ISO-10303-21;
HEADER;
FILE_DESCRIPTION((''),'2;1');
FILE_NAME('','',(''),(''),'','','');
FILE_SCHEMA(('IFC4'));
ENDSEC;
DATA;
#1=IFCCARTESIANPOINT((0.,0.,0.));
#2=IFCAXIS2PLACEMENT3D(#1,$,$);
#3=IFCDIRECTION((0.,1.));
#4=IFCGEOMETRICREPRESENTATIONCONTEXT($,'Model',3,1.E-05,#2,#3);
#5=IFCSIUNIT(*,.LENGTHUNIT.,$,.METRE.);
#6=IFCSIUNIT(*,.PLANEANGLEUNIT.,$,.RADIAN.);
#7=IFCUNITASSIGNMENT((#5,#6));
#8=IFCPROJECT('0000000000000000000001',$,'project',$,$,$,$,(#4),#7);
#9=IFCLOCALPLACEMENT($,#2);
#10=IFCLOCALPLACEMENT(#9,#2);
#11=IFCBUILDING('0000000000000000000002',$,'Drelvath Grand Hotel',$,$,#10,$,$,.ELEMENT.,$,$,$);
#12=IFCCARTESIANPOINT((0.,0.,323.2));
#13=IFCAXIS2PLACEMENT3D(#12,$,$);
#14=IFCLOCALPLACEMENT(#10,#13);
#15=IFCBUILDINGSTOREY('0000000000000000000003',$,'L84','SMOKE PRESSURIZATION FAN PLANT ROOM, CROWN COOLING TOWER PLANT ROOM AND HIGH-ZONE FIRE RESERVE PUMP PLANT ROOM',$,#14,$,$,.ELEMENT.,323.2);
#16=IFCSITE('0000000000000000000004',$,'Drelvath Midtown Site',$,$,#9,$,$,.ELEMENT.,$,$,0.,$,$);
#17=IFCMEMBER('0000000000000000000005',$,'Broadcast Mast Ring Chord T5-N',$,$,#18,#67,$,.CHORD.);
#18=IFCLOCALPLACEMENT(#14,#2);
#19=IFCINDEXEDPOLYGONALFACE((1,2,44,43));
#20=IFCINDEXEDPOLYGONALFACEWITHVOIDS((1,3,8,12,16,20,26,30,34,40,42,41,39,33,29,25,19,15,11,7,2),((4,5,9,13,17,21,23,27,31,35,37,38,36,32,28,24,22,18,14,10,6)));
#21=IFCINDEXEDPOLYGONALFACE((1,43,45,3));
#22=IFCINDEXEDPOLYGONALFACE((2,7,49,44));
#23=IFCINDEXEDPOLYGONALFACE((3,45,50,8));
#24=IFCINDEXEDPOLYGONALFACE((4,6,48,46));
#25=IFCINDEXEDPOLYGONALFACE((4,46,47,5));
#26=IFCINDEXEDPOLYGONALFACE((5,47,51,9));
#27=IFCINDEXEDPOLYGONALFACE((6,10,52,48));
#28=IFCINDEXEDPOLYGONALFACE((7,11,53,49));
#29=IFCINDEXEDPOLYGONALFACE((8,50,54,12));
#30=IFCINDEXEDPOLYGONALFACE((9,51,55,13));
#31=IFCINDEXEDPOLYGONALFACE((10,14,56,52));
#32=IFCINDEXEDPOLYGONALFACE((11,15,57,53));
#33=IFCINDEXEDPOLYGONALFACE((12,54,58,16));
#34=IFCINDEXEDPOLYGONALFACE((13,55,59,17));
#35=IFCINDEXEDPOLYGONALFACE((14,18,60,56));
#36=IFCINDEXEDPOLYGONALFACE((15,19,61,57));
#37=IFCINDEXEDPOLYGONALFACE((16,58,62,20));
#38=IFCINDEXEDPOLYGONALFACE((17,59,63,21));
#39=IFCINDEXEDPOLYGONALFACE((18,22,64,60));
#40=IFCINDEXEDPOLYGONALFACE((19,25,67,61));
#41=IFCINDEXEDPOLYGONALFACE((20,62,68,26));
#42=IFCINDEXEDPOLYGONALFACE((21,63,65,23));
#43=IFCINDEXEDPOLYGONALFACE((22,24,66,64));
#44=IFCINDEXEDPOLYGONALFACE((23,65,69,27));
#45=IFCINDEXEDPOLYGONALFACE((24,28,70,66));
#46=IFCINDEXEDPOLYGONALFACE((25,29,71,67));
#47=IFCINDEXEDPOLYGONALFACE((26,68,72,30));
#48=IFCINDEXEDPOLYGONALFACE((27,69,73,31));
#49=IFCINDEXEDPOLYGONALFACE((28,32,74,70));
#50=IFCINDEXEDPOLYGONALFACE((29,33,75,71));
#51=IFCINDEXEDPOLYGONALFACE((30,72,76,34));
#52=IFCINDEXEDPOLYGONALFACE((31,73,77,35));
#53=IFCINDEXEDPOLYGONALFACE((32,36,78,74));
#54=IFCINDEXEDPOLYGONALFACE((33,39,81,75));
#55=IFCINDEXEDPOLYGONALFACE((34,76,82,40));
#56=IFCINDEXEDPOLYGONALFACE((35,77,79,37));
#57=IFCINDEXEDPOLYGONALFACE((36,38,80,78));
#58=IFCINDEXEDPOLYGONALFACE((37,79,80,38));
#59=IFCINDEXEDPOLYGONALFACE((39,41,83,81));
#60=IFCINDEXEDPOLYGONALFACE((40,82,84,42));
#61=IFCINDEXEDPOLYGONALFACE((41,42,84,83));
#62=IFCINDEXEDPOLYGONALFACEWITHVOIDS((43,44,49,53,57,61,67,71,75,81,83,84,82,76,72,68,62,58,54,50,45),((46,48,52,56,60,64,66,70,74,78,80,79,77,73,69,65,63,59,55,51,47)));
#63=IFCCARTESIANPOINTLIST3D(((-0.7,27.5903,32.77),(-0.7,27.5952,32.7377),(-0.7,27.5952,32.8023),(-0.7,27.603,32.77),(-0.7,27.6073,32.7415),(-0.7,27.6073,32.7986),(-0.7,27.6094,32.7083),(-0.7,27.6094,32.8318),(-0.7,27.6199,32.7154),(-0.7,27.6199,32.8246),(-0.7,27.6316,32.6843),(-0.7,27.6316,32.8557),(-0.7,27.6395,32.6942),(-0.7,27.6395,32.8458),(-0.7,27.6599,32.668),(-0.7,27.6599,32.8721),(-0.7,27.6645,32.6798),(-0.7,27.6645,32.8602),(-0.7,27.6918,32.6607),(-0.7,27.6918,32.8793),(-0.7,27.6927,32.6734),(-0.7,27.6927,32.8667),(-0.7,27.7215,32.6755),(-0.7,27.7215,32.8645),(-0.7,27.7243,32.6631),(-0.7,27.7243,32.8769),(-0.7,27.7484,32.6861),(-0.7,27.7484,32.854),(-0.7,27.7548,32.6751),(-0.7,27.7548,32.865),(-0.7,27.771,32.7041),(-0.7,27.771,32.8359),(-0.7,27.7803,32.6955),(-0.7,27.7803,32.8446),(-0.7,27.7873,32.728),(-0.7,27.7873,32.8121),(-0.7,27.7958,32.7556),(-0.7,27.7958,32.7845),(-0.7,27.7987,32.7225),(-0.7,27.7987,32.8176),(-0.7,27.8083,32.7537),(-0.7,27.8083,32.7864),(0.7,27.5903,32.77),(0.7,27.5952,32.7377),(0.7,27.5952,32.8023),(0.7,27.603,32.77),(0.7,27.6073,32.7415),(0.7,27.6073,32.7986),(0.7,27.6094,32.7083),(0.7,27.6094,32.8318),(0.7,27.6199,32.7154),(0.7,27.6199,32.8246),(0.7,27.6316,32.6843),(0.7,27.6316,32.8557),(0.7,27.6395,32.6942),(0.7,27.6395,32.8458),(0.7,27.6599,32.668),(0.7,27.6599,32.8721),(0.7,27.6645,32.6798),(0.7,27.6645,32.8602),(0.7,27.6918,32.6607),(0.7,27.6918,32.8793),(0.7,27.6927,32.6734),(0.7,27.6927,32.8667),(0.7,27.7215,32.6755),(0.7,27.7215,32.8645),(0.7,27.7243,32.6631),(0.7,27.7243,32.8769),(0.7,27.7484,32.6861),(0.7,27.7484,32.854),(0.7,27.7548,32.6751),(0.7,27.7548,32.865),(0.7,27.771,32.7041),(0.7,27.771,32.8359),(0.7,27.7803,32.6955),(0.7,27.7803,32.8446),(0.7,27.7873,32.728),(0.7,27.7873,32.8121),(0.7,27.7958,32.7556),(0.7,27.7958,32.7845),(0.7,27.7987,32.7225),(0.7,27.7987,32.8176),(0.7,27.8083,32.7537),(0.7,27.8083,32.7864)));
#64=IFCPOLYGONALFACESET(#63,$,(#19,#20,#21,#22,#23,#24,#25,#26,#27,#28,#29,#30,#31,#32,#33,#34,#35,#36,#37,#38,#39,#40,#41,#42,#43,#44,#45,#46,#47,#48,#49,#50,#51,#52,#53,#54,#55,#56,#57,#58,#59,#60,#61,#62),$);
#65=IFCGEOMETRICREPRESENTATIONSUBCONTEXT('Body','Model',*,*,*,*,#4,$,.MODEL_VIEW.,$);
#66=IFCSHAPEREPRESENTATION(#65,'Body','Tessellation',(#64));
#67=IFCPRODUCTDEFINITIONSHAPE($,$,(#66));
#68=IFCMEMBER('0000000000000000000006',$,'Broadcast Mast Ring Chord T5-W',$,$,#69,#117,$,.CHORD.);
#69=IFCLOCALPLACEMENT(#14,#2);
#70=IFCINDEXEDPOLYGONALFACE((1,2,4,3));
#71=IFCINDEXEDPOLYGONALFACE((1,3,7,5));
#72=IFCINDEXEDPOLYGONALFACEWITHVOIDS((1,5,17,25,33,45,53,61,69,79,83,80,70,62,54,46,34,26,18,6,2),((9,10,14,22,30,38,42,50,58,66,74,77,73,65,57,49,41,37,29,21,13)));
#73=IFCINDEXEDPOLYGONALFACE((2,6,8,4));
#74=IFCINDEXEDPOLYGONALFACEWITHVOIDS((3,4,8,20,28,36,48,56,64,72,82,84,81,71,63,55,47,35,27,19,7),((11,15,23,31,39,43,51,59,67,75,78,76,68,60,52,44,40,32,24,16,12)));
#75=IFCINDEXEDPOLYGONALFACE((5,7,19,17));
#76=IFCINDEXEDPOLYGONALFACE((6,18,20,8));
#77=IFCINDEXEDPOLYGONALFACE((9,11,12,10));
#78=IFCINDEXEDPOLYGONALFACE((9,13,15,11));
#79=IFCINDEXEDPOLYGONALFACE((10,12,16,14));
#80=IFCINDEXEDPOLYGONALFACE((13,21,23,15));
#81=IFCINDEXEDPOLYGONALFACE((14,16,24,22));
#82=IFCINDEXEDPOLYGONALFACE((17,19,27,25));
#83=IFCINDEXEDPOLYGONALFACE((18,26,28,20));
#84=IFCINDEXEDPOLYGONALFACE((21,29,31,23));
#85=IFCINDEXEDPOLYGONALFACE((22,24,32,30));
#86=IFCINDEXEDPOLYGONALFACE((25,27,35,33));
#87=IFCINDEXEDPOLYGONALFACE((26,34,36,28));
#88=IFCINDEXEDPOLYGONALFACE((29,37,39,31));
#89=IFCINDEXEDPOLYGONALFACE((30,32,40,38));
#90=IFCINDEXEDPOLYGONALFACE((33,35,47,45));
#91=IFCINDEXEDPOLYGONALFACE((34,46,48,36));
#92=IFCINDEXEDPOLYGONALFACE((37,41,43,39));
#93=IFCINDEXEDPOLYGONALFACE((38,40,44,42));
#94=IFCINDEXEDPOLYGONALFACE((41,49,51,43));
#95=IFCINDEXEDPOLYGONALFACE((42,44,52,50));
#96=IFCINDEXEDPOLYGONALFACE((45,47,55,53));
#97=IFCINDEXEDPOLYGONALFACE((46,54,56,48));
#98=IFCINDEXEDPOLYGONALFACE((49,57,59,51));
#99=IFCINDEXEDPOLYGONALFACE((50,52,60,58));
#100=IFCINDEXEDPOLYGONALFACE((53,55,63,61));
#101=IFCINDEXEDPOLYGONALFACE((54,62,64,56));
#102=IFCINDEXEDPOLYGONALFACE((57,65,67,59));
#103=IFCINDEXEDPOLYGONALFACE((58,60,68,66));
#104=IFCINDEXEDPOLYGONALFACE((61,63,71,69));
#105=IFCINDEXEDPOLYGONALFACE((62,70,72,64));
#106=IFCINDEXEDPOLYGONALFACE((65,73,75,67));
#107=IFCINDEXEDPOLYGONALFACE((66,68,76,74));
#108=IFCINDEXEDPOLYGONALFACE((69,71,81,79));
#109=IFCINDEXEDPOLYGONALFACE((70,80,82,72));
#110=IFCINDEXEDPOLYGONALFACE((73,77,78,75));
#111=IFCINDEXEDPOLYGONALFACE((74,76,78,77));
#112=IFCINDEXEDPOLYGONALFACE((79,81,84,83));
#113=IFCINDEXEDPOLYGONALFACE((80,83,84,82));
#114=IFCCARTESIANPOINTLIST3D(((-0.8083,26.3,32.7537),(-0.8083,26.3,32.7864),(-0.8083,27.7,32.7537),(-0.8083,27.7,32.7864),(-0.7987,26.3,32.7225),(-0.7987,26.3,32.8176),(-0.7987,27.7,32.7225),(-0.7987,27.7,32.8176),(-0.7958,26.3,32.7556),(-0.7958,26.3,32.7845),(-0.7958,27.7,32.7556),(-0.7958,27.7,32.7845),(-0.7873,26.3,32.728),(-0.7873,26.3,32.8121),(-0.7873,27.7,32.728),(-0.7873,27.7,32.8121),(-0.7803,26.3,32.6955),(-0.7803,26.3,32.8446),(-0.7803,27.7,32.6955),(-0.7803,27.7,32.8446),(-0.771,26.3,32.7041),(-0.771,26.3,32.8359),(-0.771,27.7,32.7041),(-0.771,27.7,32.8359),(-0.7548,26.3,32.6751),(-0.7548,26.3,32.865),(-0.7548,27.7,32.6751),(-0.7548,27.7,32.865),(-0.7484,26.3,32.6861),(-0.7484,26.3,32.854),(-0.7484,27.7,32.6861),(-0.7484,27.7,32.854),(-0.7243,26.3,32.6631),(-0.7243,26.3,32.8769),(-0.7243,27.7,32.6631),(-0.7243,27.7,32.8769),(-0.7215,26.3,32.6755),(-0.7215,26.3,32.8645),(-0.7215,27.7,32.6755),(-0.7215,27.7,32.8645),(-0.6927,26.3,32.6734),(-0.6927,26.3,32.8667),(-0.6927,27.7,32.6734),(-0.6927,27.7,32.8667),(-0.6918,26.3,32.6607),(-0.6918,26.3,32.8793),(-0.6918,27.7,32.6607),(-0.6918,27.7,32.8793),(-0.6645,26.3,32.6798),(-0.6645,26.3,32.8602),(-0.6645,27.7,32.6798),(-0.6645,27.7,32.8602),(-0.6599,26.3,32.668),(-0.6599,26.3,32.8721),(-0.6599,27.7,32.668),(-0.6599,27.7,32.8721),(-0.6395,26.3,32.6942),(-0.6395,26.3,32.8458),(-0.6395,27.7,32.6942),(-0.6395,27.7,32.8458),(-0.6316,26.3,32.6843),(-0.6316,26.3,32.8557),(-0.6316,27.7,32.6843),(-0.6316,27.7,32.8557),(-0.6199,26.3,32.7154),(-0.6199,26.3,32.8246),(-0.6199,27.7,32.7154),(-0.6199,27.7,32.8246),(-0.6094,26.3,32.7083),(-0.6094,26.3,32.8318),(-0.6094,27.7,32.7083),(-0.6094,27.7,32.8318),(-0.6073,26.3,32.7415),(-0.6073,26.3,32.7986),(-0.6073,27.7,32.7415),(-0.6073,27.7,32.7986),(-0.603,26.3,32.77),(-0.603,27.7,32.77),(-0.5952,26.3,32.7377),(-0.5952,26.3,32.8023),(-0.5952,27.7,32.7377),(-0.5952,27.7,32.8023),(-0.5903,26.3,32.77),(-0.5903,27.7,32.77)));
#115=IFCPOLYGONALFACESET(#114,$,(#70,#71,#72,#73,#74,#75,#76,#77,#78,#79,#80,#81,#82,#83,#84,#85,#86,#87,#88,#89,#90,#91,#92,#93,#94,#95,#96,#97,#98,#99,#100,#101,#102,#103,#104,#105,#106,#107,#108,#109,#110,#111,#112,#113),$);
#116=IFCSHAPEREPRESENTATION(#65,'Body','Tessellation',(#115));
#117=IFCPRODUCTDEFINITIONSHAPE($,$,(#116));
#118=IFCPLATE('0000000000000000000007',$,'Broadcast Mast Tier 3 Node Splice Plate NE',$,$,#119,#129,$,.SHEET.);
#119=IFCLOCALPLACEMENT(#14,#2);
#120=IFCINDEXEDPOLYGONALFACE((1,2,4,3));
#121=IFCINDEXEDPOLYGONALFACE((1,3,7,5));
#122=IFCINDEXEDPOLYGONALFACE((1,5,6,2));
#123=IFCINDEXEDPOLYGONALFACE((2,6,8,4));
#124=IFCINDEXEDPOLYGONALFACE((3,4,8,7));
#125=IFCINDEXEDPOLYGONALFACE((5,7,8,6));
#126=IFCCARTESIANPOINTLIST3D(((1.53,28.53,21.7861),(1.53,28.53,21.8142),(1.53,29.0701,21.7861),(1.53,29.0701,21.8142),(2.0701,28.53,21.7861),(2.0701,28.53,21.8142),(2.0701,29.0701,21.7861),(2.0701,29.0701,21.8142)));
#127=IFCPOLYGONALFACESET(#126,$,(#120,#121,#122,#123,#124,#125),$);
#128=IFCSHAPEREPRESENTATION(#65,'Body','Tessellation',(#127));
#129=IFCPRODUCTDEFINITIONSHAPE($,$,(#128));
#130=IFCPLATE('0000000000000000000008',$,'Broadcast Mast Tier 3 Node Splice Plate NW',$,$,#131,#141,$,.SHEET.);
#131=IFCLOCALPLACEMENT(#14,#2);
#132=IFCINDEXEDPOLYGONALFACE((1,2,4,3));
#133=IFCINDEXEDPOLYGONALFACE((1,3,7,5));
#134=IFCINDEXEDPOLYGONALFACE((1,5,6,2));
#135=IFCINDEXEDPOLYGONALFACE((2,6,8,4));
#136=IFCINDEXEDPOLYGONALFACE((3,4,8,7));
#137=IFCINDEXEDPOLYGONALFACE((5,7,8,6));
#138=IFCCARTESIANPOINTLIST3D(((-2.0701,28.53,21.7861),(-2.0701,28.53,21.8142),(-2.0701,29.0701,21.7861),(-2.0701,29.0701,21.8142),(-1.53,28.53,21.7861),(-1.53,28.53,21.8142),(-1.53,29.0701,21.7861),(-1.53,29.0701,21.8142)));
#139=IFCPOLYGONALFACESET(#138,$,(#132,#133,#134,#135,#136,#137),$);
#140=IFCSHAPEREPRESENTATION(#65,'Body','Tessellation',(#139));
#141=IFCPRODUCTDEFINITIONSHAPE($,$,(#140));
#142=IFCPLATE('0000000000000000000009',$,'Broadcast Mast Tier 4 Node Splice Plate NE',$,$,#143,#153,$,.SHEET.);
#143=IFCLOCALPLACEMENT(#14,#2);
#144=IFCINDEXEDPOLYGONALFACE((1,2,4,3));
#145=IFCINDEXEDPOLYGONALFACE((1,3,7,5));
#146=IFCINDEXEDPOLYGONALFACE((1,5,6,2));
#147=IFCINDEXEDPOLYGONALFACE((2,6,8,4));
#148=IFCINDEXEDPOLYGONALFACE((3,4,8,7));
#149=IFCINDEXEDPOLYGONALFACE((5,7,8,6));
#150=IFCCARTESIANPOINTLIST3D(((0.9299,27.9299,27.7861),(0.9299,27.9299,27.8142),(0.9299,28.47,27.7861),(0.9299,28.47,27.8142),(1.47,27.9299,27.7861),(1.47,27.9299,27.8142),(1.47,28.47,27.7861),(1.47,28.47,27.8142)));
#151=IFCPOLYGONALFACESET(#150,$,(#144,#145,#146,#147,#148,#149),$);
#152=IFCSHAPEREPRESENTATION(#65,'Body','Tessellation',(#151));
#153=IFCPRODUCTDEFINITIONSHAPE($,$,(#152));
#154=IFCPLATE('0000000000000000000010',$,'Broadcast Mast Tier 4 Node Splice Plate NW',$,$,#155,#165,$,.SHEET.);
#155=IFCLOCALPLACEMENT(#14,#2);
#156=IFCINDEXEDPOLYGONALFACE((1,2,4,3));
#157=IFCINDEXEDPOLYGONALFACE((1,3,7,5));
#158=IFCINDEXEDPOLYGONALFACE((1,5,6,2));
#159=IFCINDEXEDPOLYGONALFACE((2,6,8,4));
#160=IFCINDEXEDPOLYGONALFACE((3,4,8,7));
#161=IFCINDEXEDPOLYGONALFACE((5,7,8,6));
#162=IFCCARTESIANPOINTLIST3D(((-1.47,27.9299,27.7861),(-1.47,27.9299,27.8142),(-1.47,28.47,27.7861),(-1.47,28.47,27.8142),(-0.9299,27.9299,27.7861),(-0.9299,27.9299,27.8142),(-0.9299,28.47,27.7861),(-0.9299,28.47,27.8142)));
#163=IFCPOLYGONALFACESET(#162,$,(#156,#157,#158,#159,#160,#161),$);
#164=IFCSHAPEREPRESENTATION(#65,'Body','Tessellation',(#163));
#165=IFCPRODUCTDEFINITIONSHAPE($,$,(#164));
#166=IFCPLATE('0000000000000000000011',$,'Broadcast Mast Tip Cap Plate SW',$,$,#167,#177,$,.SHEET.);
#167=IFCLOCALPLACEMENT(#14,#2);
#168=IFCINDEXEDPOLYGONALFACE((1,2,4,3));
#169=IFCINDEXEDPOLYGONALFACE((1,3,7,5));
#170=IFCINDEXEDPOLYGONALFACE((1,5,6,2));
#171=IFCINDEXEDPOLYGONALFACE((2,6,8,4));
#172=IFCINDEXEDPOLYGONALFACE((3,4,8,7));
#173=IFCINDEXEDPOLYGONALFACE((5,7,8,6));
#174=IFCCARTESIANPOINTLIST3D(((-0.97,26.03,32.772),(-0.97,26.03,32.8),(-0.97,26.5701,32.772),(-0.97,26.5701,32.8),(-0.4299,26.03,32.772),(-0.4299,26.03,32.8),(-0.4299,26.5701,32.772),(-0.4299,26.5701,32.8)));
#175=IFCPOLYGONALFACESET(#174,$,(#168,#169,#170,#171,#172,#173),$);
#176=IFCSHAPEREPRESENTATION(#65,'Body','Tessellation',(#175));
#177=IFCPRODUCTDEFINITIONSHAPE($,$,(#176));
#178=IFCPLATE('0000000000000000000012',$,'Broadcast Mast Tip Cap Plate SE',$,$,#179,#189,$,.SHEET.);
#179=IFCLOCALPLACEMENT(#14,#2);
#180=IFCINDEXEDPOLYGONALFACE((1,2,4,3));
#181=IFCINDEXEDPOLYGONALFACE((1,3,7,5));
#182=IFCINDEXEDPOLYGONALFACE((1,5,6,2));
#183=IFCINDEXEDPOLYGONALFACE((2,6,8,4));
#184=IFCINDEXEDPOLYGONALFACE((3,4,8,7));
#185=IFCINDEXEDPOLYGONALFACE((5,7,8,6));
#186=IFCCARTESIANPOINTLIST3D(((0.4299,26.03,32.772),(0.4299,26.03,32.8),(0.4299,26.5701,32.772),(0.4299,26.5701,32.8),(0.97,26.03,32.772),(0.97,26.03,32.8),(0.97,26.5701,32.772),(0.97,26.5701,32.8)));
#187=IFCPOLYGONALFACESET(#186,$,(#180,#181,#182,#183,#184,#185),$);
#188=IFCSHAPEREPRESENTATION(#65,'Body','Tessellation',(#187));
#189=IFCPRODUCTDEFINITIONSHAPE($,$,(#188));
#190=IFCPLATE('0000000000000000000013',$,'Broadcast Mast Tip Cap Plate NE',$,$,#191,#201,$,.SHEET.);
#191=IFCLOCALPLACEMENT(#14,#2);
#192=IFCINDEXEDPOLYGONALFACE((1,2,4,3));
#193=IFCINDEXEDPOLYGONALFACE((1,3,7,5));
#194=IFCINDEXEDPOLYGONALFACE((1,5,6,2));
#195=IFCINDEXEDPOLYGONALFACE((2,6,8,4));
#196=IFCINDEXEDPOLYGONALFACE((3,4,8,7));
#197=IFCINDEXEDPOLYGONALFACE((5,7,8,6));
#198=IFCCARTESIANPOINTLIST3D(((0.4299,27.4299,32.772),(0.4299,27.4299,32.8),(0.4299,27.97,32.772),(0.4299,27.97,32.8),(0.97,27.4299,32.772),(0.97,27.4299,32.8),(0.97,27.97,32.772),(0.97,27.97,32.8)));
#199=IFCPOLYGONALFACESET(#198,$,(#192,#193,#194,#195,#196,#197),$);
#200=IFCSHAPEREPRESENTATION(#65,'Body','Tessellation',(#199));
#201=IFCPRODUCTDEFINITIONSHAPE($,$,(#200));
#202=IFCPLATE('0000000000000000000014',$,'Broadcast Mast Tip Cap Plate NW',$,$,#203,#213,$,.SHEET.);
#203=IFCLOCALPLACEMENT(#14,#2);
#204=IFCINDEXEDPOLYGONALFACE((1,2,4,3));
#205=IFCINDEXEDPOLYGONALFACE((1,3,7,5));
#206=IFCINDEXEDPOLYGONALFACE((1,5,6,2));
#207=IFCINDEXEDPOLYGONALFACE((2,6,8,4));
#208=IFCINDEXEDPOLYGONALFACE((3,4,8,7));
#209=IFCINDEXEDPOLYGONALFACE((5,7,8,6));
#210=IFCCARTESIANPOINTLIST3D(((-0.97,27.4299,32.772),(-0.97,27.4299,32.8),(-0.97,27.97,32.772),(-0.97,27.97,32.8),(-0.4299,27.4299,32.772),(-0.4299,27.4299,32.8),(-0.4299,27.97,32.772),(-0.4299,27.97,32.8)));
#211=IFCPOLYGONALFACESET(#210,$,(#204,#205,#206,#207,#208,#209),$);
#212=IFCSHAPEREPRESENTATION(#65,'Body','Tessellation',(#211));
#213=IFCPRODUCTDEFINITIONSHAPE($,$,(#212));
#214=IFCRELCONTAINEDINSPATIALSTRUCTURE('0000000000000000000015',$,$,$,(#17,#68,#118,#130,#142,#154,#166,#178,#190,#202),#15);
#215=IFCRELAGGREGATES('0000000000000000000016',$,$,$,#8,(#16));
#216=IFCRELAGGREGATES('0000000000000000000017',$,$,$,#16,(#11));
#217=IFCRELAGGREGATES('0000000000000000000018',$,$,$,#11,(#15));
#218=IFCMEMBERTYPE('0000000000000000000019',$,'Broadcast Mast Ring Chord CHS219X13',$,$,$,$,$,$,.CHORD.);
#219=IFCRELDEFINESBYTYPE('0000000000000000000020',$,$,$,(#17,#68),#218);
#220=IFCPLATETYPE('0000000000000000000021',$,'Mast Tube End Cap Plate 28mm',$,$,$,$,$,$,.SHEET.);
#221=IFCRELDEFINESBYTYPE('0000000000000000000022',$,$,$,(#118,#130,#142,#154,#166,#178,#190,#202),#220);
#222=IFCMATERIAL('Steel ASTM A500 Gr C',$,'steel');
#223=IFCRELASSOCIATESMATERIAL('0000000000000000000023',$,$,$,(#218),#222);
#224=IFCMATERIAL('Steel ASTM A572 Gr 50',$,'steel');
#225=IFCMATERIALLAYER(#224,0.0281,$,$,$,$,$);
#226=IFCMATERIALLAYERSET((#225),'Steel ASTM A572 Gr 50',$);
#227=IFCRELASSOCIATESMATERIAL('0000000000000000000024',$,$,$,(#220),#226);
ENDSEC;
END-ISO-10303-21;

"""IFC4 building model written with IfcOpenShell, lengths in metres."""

from ifc_helpers import new_model, si_unit, direction, frame, origin, origin_2d, place, context, subcontext, project, spatial, rectangle, hollow_circle, extrude, material, layer, layer_set, material_profile, profile_set, type_object, element, save


model = new_model("IFC4")

# Units and contexts
model_context = context("Model", 3, precision=1e-05, world=origin(), true_north=direction((0.0, 1.0)))
body_context = subcontext(model_context, "Body", "Model", "MODEL_VIEW")
ifc_project = project(units=[si_unit("LENGTHUNIT", "METRE"), si_unit("PLANEANGLEUNIT", "RADIAN")], contexts=[model_context])

# Site, building, storey
site_placement = place(None, origin())
site = spatial("IfcSite", under=ifc_project, at=site_placement, Name="Drelvath Midtown Site", CompositionType="ELEMENT", RefElevation=0.0)
building_placement = place(site_placement, origin())
building = spatial("IfcBuilding", under=site, at=building_placement, Name="Drelvath Grand Hotel", CompositionType="ELEMENT")
storey_placement = place(building_placement, frame((0.0, 0.0, 323.2)))
storey = spatial("IfcBuildingStorey", under=building, at=storey_placement, Name="L84", Description="SMOKE PRESSURIZATION FAN PLANT ROOM, CROWN COOLING TOWER PLANT ROOM AND HIGH-ZONE FIRE RESERVE PUMP PLANT ROOM", CompositionType="ELEMENT", Elevation=323.2)

# Members
ifc_material_1 = material(Name="Steel ASTM A500 Gr C", Category="steel")
ifc_material_profile_1 = material_profile(ifc_material_1, hollow_circle(Radius=0.1096, WallThickness=0.0127, at=origin_2d()), Name="CHS219X13")
ifc_profile_set_1 = profile_set([ifc_material_profile_1], Name="Steel ASTM A500 Gr C")
member_type_1 = type_object("IfcMemberType", Name="Broadcast Mast Ring Chord CHS219X13", PredefinedType="CHORD", material=ifc_profile_set_1)
for number, where, z_axis, x_axis, name in (
    (1, (0.7, 27.7, 32.77), (-1.0, 0.0, 0.0), (0.0, -1.0, 0.0), "Broadcast Mast Ring Chord T5-N"),
    (2, (-0.7, 27.7, 32.77), (0.0, -1.0, 0.0), (1.0, 0.0, 0.0), "Broadcast Mast Ring Chord T5-W"),
):
    element("IfcMember", number, at=place(storey_placement, frame(where, z_axis=z_axis, x_axis=x_axis)), inside=storey, type_object=member_type_1, Name=name, PredefinedType="CHORD", context=body_context, shape_type="SweptSolid", body=[
        extrude(hollow_circle(Radius=0.1096, WallThickness=0.0127, at=origin_2d()), origin(), (0.0, 0.0, 1.0), 1.3999),
    ])

# Plates
ifc_material_2 = material(Name="Steel ASTM A572 Gr 50", Category="steel")
ifc_layer = layer(ifc_material_2, 0.0281)
ifc_layer_set = layer_set([ifc_layer], Name="Steel ASTM A572 Gr 50")
plate_type = type_object("IfcPlateType", Name="Mast Tube End Cap Plate 28mm", PredefinedType="SHEET", material=ifc_layer_set)
for number, where, z_axis, x_axis, name in (
    (3, (1.8, 28.8, 21.7861), (0.0, 0.0, 1.0), (1.0, 0.0, 0.0), "Broadcast Mast Tier 3 Node Splice Plate NE"),
    (4, (-1.8, 28.8, 21.7861), (0.0, 0.0, 1.0), (1.0, 0.0, 0.0), "Broadcast Mast Tier 3 Node Splice Plate NW"),
    (5, (1.2, 28.2, 27.7861), (0.0, 0.0, 1.0), (1.0, 0.0, 0.0), "Broadcast Mast Tier 4 Node Splice Plate NE"),
    (6, (-1.2, 28.2, 27.7861), (0.0, 0.0, 1.0), (1.0, 0.0, 0.0), "Broadcast Mast Tier 4 Node Splice Plate NW"),
    (7, (-0.7, 26.3, 32.772), (0.0, 0.0, 1.0), (1.0, 0.0, 0.0), "Broadcast Mast Tip Cap Plate SW"),
    (8, (0.7, 26.3, 32.772), (0.0, 0.0, 1.0), (1.0, 0.0, 0.0), "Broadcast Mast Tip Cap Plate SE"),
    (9, (0.7, 27.7, 32.772), (0.0, 0.0, 1.0), (1.0, 0.0, 0.0), "Broadcast Mast Tip Cap Plate NE"),
    (10, (-0.7, 27.7, 32.772), (0.0, 0.0, 1.0), (1.0, 0.0, 0.0), "Broadcast Mast Tip Cap Plate NW"),
):
    element("IfcPlate", number, at=place(storey_placement, frame(where, z_axis=z_axis, x_axis=x_axis)), inside=storey, type_object=plate_type, Name=name, PredefinedType="SHEET", context=body_context, shape_type="SweptSolid", body=[
        extrude(rectangle(XDim=0.54, YDim=0.54, at=origin_2d()), origin(), (0.0, 0.0, 1.0), 0.0281),
    ])

save(model, "model.ifc")
